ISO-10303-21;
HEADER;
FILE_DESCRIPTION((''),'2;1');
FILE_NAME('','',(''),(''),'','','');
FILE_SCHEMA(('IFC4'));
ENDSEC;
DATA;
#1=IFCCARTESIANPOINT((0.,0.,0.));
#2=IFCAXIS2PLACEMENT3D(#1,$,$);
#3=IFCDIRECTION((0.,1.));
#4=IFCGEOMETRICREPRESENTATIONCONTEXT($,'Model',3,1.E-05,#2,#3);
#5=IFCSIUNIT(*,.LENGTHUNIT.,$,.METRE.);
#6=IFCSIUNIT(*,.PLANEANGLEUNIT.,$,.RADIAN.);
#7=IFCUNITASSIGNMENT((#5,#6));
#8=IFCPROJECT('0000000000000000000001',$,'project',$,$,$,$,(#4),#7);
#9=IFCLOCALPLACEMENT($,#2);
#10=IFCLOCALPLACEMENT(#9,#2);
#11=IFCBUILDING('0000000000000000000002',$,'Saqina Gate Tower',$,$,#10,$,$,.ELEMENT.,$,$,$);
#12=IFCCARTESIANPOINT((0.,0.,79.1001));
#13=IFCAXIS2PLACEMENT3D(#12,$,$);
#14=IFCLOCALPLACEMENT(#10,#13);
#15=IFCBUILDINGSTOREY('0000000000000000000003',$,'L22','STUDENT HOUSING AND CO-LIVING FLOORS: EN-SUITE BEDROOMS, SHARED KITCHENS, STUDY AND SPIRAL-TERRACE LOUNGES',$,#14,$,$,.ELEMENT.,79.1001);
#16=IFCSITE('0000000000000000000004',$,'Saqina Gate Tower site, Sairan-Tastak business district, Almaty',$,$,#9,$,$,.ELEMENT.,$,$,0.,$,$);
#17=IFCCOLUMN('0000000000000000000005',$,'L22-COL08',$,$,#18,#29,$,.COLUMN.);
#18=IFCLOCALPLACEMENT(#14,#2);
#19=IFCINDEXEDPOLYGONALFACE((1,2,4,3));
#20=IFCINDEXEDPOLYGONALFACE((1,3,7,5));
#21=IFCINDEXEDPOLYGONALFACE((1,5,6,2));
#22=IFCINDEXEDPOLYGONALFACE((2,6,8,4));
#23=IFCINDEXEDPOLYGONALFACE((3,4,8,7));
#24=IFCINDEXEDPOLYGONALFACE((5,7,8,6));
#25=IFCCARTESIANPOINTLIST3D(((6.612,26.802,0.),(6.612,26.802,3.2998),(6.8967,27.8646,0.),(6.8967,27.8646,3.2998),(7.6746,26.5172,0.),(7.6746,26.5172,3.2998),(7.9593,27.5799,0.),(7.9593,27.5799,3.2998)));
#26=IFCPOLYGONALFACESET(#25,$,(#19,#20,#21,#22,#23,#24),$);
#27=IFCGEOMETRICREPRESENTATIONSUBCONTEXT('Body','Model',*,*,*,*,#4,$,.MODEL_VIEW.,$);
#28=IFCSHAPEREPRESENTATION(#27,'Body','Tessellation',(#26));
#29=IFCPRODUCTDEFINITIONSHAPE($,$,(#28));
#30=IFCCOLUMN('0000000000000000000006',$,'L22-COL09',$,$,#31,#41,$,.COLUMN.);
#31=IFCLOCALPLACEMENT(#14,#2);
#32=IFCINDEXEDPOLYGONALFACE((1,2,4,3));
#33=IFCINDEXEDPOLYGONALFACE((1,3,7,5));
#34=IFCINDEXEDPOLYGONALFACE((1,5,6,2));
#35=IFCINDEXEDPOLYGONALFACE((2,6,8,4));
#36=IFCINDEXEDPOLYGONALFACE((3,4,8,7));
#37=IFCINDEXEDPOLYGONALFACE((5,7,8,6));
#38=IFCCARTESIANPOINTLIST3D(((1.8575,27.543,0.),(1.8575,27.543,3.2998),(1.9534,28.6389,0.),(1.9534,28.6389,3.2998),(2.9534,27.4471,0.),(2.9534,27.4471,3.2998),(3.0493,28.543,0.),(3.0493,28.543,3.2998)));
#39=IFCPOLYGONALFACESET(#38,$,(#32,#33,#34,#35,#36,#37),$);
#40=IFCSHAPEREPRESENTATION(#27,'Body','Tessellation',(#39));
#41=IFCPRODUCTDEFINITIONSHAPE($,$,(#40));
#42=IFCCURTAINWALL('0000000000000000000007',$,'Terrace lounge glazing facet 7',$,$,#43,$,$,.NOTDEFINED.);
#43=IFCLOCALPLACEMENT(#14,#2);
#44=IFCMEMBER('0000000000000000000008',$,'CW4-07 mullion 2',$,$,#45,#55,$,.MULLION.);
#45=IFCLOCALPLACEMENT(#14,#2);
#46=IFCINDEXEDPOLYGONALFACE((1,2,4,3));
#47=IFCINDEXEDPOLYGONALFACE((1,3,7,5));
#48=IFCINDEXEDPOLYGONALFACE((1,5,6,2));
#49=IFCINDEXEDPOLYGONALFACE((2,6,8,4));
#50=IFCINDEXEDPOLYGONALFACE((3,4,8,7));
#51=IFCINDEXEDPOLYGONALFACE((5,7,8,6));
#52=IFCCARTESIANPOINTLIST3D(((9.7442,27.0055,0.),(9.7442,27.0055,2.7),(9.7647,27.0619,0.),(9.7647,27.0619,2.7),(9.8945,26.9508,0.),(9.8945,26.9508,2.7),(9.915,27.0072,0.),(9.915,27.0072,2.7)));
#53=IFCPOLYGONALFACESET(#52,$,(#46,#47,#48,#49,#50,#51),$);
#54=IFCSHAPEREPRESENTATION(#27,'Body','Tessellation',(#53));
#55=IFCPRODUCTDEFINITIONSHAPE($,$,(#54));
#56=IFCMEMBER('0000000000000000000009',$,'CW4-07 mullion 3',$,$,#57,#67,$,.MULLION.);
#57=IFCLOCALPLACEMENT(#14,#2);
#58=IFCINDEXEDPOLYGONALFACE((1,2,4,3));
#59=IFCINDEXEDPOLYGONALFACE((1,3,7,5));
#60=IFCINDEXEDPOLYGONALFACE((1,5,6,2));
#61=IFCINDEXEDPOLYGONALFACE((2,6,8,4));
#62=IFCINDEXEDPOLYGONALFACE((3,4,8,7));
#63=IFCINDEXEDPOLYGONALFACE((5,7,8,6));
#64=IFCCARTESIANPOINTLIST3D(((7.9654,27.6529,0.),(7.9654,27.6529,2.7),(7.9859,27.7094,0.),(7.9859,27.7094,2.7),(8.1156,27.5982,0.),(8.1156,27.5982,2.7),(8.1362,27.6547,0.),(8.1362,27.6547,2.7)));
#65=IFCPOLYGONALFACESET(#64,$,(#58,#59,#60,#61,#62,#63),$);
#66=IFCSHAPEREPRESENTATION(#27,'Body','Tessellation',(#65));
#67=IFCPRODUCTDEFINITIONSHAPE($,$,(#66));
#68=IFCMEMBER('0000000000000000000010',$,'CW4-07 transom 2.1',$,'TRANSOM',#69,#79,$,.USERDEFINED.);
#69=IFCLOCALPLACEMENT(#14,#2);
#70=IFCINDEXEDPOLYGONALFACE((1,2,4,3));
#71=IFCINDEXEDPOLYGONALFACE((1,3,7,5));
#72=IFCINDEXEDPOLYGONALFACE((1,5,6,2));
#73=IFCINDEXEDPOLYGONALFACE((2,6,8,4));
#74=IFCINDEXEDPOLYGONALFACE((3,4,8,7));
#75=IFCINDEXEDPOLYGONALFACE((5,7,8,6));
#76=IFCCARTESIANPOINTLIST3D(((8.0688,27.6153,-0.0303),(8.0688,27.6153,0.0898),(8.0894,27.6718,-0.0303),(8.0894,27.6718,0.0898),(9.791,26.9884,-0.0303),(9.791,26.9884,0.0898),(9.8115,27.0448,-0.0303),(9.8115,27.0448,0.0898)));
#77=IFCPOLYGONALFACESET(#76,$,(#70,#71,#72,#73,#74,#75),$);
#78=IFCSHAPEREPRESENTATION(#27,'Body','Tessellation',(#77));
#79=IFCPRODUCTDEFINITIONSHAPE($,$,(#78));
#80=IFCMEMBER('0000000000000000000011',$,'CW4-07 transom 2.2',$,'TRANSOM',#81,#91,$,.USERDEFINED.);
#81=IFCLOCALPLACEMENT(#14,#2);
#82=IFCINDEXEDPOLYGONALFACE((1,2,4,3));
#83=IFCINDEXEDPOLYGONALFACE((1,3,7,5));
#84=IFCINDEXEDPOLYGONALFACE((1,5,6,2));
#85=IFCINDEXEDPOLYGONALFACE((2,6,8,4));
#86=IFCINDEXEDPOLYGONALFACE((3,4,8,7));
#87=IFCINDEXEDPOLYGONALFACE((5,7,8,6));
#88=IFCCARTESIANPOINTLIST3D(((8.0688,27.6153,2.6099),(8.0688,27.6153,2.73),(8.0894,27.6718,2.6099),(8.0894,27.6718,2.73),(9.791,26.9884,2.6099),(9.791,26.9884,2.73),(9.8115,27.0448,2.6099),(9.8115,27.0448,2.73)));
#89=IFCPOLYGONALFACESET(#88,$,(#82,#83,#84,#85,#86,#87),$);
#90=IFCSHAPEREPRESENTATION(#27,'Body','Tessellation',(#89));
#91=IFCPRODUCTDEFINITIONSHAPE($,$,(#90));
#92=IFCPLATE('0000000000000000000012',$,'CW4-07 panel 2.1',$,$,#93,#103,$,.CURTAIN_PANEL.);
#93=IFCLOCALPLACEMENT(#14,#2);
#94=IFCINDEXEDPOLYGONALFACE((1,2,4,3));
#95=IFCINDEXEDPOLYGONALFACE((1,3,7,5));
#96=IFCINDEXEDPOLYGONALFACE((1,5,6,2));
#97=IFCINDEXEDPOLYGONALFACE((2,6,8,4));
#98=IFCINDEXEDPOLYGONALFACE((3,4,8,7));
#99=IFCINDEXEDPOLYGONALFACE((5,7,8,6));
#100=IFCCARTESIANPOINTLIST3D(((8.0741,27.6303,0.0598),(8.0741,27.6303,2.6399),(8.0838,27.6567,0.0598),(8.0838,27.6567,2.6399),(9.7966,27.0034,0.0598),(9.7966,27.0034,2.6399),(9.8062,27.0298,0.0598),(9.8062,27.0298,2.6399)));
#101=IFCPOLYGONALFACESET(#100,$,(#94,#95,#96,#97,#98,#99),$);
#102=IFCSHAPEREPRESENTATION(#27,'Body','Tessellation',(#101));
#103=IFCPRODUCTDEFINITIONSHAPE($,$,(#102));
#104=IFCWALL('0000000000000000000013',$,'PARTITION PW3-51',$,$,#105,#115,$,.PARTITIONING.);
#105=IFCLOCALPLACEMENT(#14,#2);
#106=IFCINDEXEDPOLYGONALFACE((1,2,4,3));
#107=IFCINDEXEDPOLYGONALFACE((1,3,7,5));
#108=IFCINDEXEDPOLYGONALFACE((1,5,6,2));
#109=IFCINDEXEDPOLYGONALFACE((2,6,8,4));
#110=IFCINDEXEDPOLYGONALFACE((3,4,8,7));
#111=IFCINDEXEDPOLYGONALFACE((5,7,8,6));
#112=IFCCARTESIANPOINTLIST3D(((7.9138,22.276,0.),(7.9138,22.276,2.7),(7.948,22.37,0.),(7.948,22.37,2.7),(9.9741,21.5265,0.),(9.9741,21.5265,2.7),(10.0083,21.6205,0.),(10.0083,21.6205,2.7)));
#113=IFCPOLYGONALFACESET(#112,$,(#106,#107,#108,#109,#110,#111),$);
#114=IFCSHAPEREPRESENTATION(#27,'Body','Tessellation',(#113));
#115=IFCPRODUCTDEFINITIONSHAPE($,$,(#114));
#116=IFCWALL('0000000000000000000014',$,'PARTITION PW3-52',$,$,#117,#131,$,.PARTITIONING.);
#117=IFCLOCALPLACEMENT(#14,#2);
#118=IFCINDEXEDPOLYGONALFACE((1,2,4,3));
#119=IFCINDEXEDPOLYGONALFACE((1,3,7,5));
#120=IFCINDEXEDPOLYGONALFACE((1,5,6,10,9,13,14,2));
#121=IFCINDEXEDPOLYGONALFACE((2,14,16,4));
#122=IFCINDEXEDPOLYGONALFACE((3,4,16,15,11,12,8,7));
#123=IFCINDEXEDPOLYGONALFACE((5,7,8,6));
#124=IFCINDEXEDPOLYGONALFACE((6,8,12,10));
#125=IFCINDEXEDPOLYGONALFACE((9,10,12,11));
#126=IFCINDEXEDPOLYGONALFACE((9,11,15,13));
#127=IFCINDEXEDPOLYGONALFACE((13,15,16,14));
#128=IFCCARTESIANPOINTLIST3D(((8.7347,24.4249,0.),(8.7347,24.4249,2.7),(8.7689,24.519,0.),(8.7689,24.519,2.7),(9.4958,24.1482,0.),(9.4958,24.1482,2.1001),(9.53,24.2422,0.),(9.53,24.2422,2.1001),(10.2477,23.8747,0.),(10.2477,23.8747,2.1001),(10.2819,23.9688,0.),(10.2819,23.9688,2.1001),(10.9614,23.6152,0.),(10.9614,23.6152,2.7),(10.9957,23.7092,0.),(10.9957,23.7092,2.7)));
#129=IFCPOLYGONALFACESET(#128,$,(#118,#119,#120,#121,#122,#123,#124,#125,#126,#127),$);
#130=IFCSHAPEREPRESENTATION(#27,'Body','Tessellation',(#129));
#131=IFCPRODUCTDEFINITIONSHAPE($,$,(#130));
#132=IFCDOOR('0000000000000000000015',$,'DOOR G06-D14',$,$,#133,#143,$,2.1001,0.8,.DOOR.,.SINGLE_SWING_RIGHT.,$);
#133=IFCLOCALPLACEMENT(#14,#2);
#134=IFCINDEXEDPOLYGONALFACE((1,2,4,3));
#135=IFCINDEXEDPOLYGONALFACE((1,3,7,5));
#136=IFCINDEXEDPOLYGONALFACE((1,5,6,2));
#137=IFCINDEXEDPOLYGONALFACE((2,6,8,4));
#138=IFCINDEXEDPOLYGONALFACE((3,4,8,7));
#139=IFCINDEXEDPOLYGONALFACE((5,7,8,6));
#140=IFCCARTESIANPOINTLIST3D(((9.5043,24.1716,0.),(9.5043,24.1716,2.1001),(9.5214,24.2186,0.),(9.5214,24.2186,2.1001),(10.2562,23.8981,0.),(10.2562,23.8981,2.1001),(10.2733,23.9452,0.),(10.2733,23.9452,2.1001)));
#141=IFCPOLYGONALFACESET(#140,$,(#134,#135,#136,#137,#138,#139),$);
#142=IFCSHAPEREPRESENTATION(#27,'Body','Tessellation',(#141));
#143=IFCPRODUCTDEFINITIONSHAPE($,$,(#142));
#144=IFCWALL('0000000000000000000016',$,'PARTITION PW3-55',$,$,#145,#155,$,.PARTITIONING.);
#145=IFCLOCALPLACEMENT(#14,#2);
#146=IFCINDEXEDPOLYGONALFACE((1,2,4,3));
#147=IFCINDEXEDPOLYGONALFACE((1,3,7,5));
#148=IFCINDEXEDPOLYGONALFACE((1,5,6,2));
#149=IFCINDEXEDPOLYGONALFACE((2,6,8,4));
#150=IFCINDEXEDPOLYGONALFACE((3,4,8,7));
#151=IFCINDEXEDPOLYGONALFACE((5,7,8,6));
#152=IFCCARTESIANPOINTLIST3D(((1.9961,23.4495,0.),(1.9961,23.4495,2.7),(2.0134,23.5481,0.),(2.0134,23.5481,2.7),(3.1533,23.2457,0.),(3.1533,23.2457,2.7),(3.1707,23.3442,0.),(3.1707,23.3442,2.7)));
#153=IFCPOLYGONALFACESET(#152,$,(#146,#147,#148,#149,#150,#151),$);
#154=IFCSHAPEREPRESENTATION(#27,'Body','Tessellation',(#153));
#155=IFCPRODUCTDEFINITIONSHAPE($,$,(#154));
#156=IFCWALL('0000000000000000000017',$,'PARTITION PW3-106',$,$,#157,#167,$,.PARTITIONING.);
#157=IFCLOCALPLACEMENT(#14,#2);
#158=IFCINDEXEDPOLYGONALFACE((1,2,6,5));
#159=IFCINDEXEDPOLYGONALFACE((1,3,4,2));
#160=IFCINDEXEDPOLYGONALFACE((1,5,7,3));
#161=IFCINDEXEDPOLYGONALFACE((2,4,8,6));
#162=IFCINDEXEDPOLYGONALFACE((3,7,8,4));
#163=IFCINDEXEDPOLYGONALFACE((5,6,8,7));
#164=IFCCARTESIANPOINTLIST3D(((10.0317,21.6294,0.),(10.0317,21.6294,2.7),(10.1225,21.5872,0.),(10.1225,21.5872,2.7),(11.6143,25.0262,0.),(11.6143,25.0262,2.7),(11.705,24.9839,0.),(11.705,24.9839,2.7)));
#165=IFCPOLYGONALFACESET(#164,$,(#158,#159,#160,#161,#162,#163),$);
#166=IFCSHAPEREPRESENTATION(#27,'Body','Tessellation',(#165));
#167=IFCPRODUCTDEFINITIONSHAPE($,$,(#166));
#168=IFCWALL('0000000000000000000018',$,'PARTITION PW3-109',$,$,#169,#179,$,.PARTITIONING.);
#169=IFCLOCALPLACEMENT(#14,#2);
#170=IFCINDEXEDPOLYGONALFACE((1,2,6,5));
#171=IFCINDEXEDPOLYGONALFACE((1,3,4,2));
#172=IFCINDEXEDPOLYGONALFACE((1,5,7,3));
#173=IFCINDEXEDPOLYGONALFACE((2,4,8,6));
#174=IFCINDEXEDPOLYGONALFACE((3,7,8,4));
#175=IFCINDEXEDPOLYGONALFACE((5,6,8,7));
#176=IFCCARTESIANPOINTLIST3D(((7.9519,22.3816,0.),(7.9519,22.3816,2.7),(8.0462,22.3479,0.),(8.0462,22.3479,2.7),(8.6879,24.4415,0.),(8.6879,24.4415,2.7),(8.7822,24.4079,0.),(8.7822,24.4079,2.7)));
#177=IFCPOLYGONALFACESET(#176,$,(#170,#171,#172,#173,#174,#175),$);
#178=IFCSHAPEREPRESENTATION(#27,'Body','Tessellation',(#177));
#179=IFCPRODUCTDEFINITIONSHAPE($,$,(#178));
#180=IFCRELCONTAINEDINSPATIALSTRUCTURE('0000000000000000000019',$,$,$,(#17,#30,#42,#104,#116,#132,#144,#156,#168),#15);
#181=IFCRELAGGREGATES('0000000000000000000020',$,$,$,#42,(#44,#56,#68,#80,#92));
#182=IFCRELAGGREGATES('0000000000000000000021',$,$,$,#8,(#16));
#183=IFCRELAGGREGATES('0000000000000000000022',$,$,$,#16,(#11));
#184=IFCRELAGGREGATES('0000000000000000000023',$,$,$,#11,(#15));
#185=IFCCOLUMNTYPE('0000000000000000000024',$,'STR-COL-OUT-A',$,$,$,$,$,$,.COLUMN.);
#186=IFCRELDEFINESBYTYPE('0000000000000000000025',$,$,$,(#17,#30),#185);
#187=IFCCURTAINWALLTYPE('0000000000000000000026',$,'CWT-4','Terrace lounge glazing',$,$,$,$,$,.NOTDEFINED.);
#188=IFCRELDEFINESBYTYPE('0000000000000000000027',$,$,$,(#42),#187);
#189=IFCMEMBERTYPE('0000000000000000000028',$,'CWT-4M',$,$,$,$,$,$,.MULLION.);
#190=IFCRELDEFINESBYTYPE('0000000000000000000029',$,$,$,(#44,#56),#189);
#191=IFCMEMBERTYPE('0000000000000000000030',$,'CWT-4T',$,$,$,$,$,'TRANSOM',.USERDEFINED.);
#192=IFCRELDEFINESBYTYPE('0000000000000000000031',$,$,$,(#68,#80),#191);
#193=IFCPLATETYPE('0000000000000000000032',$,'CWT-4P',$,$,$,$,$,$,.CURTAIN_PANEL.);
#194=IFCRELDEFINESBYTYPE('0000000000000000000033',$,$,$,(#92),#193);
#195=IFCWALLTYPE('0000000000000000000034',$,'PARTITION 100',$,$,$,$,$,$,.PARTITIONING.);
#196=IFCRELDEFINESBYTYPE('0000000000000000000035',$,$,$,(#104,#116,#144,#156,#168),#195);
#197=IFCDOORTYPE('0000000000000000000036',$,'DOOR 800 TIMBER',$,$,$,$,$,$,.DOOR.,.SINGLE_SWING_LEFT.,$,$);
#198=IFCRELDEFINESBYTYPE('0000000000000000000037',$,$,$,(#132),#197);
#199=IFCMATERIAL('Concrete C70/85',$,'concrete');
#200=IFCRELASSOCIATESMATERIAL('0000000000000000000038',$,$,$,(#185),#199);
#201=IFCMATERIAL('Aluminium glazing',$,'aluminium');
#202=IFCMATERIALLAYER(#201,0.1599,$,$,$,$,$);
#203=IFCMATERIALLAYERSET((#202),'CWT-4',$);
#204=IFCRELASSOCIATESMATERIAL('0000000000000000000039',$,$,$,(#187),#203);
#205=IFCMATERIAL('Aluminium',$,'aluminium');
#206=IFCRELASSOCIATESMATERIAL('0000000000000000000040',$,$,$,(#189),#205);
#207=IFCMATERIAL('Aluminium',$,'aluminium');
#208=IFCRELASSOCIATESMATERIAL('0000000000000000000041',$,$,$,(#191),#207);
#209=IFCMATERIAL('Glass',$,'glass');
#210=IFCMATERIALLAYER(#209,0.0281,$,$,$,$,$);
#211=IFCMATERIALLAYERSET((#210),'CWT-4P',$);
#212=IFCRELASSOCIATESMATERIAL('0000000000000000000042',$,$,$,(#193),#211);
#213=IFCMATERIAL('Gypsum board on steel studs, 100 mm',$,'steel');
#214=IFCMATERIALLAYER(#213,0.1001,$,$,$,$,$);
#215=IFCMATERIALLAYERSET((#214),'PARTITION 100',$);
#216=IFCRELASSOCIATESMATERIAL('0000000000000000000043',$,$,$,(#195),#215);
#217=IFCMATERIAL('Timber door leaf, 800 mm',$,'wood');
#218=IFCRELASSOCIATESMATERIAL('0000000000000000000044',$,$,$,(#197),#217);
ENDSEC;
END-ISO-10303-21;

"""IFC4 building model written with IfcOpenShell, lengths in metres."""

from ifc_helpers import new_model, si_unit, direction, frame, frame_2d, origin, origin_2d, place, context, subcontext, project, spatial, rectangle, extrude, material, layer, layer_set, material_profile, profile_set, type_object, element, fill, aggregate, save


model = new_model("IFC4")

# Units and contexts
model_context = context("Model", 3, precision=1e-05, world=origin(), true_north=direction((0.0, 1.0)))
body_context = subcontext(model_context, "Body", "Model", "MODEL_VIEW")
ifc_project = project(units=[si_unit("LENGTHUNIT", "METRE"), si_unit("PLANEANGLEUNIT", "RADIAN")], contexts=[model_context])

# Site, building, storey
site_placement = place(None, origin())
site = spatial("IfcSite", under=ifc_project, at=site_placement, Name="Saqina Gate Tower site, Sairan-Tastak business district, Almaty", CompositionType="ELEMENT", RefElevation=0.0)
building_placement = place(site_placement, origin())
building = spatial("IfcBuilding", under=site, at=building_placement, Name="Saqina Gate Tower", CompositionType="ELEMENT")
storey_placement = place(building_placement, frame((0.0, 0.0, 79.1001)))
storey = spatial("IfcBuildingStorey", under=building, at=storey_placement, Name="L22", Description="STUDENT HOUSING AND CO-LIVING FLOORS: EN-SUITE BEDROOMS, SHARED KITCHENS, STUDY AND SPIRAL-TERRACE LOUNGES", CompositionType="ELEMENT", Elevation=79.1001)

# Columns
ifc_material_1 = material(Name="Concrete C70/85", Category="concrete")
ifc_material_profile_1 = material_profile(ifc_material_1, rectangle(XDim=1.1001, YDim=1.1001, at=origin_2d()), Name="RC 1100x1100")
ifc_profile_set_1 = profile_set([ifc_material_profile_1], Name="Concrete C70/85")
column_type = type_object("IfcColumnType", Name="STR-COL-OUT-A", PredefinedType="COLUMN", material=ifc_profile_set_1)
for number, where, z_axis, x_axis, name in (
    (1, (7.2856, 27.1909, 0.0), (0.0, 0.0, 1.0), (0.258819, 0.965926, 0.0), "L22-COL08"),
    (2, (2.4534, 28.043, 0.0), (0.0, 0.0, 1.0), (0.087156, 0.996195, 0.0), "L22-COL09"),
):
    element("IfcColumn", number, at=place(storey_placement, frame(where, z_axis=z_axis, x_axis=x_axis)), inside=storey, type_object=column_type, Name=name, PredefinedType="COLUMN", context=body_context, shape_type="SweptSolid", body=[
        extrude(rectangle(XDim=1.1001, YDim=1.1001, at=origin_2d()), origin(), (0.0, 0.0, 1.0), 3.2998),
    ])

# Curtain wall, members, plate
ifc_material_2 = material(Name="Aluminium glazing", Category="aluminium")
ifc_layer_1 = layer(ifc_material_2, 0.1599)
ifc_layer_set_1 = layer_set([ifc_layer_1], Name="CWT-4")
curtain_wall_type = type_object("IfcCurtainWallType", Name="CWT-4", Description="Terrace lounge glazing", PredefinedType="NOTDEFINED", material=ifc_layer_set_1)
curtain_wall_placement = place(storey_placement, origin())
curtain_wall = element("IfcCurtainWall", 3, at=curtain_wall_placement, inside=storey, type_object=curtain_wall_type, Name="Terrace lounge glazing facet 7", PredefinedType="NOTDEFINED")
ifc_material_3 = material(Name="Aluminium", Category="aluminium")
ifc_material_profile_2 = material_profile(ifc_material_3, rectangle(XDim=0.0601, YDim=0.1599, at=origin_2d()), Name="Aluminium 60x160")
ifc_profile_set_2 = profile_set([ifc_material_profile_2], Name="Aluminium")
member_type_1 = type_object("IfcMemberType", Name="CWT-4M", PredefinedType="MULLION", material=ifc_profile_set_2)
member_1_placement = place(storey_placement, frame((9.8296, 27.0063, 0.0), z_axis=(0.0, 0.0, 1.0), x_axis=(-0.342008, -0.939697, 0.0)))
member_1 = element("IfcMember", 4, at=member_1_placement, type_object=member_type_1, Name="CW4-07 mullion 2", PredefinedType="MULLION", context=body_context, shape_type="SweptSolid", body=[
    extrude(rectangle(XDim=0.0601, YDim=0.1599, at=origin_2d()), origin(), (0.0, 0.0, 1.0), 2.7),
])
member_2_placement = place(storey_placement, frame((8.0508, 27.6538, 0.0), z_axis=(0.0, 0.0, 1.0), x_axis=(-0.342008, -0.939697, 0.0)))
member_2 = element("IfcMember", 5, at=member_2_placement, type_object=member_type_1, Name="CW4-07 mullion 3", PredefinedType="MULLION", context=body_context, shape_type="SweptSolid", body=[
    extrude(rectangle(XDim=0.0601, YDim=0.1599, at=origin_2d()), origin(), (0.0, 0.0, 1.0), 2.7),
])
ifc_material_4 = material(Name="Aluminium", Category="aluminium")
ifc_material_profile_3 = material_profile(ifc_material_4, rectangle(XDim=0.0601, YDim=0.1201, at=origin_2d()), Name="Aluminium 60x120")
ifc_profile_set_3 = profile_set([ifc_material_profile_3], Name="Aluminium")
member_type_2 = type_object("IfcMemberType", Name="CWT-4T", ElementType="TRANSOM", PredefinedType="USERDEFINED", material=ifc_profile_set_3)
member_3_placement = place(storey_placement, frame((9.8013, 27.0166, 0.0298), z_axis=(-0.939669, 0.342085, 0.0), x_axis=(-0.342085, -0.939669, 0.0)))
member_3 = element("IfcMember", 6, at=member_3_placement, type_object=member_type_2, Name="CW4-07 transom 2.1", ObjectType="TRANSOM", PredefinedType="USERDEFINED", context=body_context, shape_type="SweptSolid", body=[
    extrude(rectangle(XDim=0.0601, YDim=0.1201, at=origin_2d()), origin(), (0.0, 0.0, 1.0), 1.8328),
])
member_4_placement = place(storey_placement, frame((9.8013, 27.0166, 2.6699), z_axis=(-0.939669, 0.342085, 0.0), x_axis=(-0.342085, -0.939669, 0.0)))
member_4 = element("IfcMember", 7, at=member_4_placement, type_object=member_type_2, Name="CW4-07 transom 2.2", ObjectType="TRANSOM", PredefinedType="USERDEFINED", context=body_context, shape_type="SweptSolid", body=[
    extrude(rectangle(XDim=0.0601, YDim=0.1201, at=origin_2d()), origin(), (0.0, 0.0, 1.0), 1.8328),
])
ifc_material_5 = material(Name="Glass", Category="glass")
ifc_layer_2 = layer(ifc_material_5, 0.0281)
ifc_layer_set_2 = layer_set([ifc_layer_2], Name="CWT-4P")
plate_type = type_object("IfcPlateType", Name="CWT-4P", PredefinedType="CURTAIN_PANEL", material=ifc_layer_set_2)
plate_placement = place(storey_placement, frame((8.9402, 27.3301, 0.0598), z_axis=(0.0, 0.0, 1.0), x_axis=(-0.939697, 0.342008, 0.0)))
plate = element("IfcPlate", 8, at=plate_placement, type_object=plate_type, Name="CW4-07 panel 2.1", PredefinedType="CURTAIN_PANEL", context=body_context, shape_type="SweptSolid", body=[
    extrude(rectangle(XDim=1.833, YDim=0.0281, at=origin_2d()), origin(), (0.0, 0.0, 1.0), 2.5801),
])
aggregate(curtain_wall, [member_1, member_2, member_3, member_4, plate])

# Wall
ifc_material_6 = material(Name="Gypsum board on steel studs, 100 mm", Category="steel")
ifc_layer_3 = layer(ifc_material_6, 0.1001)
ifc_layer_set_3 = layer_set([ifc_layer_3], Name="PARTITION 100")
wall_type_1 = type_object("IfcWallType", Name="PARTITION 100", PredefinedType="PARTITIONING", material=ifc_layer_set_3)
wall_1_placement = place(storey_placement, frame((7.9309, 22.323, 0.0), z_axis=(0.0, 0.0, 1.0), x_axis=(0.939748, -0.341868, 0.0)))
element("IfcWall", 9, at=wall_1_placement, inside=storey, type_object=wall_type_1, Name="PARTITION PW3-51", PredefinedType="PARTITIONING", context=body_context, shape_type="SweptSolid", body=[
    extrude(rectangle(XDim=2.1924, YDim=0.1001, at=frame_2d((1.0962, 0.0))), origin(), (0.0, 0.0, 1.0), 2.7),
])

# Wall, opening, door
wall_2_placement = place(storey_placement, frame((8.752, 24.4719, 0.0), z_axis=(0.0, 0.0, 1.0), x_axis=(0.939784, -0.341768, 0.0)))
wall_2 = element("IfcWall", 10, at=wall_2_placement, inside=storey, type_object=wall_type_1, Name="PARTITION PW3-52", PredefinedType="PARTITIONING", context=body_context, shape_type="SweptSolid", body=[
    extrude(rectangle(XDim=2.3694, YDim=0.1001, at=frame_2d((1.1846, 0.0))), origin(), (0.0, 0.0, 1.0), 2.7),
])
opening_1_placement = place(wall_2_placement, frame((0.8098, 0.0, 0.0)))
opening_1 = element("IfcOpeningElement", 11, at=opening_1_placement, cuts=wall_2, PredefinedType="OPENING", context=body_context, shape_type="SweptSolid", body=[
    extrude(rectangle(XDim=0.8, YDim=2.1001, at=frame_2d((0.3999, 1.05))), frame((0.0, 0.062, 0.0), z_axis=(0.0, -1.0, 0.0), x_axis=(1.0, 0.0, 0.0)), (0.0, 0.0, 1.0), 0.124),
])
ifc_material_7 = material(Name="Timber door leaf, 800 mm", Category="wood")
door_type_1 = type_object("IfcDoorType", Name="DOOR 800 TIMBER", OperationType="SINGLE_SWING_LEFT", PredefinedType="DOOR", material=ifc_material_7)
door_1_placement = place(opening_1_placement, origin())
door_1 = element("IfcDoor", 12, at=door_1_placement, inside=storey, type_object=door_type_1, Name="DOOR G06-D14", OperationType="SINGLE_SWING_RIGHT", OverallHeight=2.1001, OverallWidth=0.8, PredefinedType="DOOR", context=body_context, shape_type="SweptSolid", body=[
    extrude(rectangle(XDim=0.8, YDim=2.1001, at=frame_2d((0.3999, 1.05))), frame((0.0, 0.0249, 0.0), z_axis=(0.0, -1.0, 0.0), x_axis=(1.0, 0.0, 0.0)), (0.0, 0.0, 1.0), 0.05),
])
fill(opening_1, door_1)

# Walls
wall_3_placement = place(storey_placement, frame((2.0049, 23.4988, 0.0), z_axis=(0.0, 0.0, 1.0), x_axis=(0.984836, -0.173489, 0.0)))
element("IfcWall", 13, at=wall_3_placement, inside=storey, type_object=wall_type_1, Name="PARTITION PW3-55", PredefinedType="PARTITIONING", context=body_context, shape_type="SweptSolid", body=[
    extrude(rectangle(XDim=1.175, YDim=0.1001, at=frame_2d((0.5874, 0.0))), origin(), (0.0, 0.0, 1.0), 2.7),
])
wall_4_placement = place(storey_placement, frame((10.0771, 21.6084, 0.0), z_axis=(0.0, 0.0, 1.0), x_axis=(0.422311, 0.906451, 0.0)))
element("IfcWall", 14, at=wall_4_placement, inside=storey, type_object=wall_type_1, Name="PARTITION PW3-106", PredefinedType="PARTITIONING", context=body_context, shape_type="SweptSolid", body=[
    extrude(rectangle(XDim=3.7473, YDim=0.1001, at=frame_2d((1.8735, 0.0))), origin(), (0.0, 0.0, 1.0), 2.7),
])
wall_5_placement = place(storey_placement, frame((7.999, 22.3647, 0.0), z_axis=(0.0, 0.0, 1.0), x_axis=(0.336478, 0.941691, 0.0)))
element("IfcWall", 15, at=wall_5_placement, inside=storey, type_object=wall_type_1, Name="PARTITION PW3-109", PredefinedType="PARTITIONING", context=body_context, shape_type="SweptSolid", body=[
    extrude(rectangle(XDim=2.1875, YDim=0.1001, at=frame_2d((1.0938, 0.0))), origin(), (0.0, 0.0, 1.0), 2.7),
])

save(model, "model.ifc")
